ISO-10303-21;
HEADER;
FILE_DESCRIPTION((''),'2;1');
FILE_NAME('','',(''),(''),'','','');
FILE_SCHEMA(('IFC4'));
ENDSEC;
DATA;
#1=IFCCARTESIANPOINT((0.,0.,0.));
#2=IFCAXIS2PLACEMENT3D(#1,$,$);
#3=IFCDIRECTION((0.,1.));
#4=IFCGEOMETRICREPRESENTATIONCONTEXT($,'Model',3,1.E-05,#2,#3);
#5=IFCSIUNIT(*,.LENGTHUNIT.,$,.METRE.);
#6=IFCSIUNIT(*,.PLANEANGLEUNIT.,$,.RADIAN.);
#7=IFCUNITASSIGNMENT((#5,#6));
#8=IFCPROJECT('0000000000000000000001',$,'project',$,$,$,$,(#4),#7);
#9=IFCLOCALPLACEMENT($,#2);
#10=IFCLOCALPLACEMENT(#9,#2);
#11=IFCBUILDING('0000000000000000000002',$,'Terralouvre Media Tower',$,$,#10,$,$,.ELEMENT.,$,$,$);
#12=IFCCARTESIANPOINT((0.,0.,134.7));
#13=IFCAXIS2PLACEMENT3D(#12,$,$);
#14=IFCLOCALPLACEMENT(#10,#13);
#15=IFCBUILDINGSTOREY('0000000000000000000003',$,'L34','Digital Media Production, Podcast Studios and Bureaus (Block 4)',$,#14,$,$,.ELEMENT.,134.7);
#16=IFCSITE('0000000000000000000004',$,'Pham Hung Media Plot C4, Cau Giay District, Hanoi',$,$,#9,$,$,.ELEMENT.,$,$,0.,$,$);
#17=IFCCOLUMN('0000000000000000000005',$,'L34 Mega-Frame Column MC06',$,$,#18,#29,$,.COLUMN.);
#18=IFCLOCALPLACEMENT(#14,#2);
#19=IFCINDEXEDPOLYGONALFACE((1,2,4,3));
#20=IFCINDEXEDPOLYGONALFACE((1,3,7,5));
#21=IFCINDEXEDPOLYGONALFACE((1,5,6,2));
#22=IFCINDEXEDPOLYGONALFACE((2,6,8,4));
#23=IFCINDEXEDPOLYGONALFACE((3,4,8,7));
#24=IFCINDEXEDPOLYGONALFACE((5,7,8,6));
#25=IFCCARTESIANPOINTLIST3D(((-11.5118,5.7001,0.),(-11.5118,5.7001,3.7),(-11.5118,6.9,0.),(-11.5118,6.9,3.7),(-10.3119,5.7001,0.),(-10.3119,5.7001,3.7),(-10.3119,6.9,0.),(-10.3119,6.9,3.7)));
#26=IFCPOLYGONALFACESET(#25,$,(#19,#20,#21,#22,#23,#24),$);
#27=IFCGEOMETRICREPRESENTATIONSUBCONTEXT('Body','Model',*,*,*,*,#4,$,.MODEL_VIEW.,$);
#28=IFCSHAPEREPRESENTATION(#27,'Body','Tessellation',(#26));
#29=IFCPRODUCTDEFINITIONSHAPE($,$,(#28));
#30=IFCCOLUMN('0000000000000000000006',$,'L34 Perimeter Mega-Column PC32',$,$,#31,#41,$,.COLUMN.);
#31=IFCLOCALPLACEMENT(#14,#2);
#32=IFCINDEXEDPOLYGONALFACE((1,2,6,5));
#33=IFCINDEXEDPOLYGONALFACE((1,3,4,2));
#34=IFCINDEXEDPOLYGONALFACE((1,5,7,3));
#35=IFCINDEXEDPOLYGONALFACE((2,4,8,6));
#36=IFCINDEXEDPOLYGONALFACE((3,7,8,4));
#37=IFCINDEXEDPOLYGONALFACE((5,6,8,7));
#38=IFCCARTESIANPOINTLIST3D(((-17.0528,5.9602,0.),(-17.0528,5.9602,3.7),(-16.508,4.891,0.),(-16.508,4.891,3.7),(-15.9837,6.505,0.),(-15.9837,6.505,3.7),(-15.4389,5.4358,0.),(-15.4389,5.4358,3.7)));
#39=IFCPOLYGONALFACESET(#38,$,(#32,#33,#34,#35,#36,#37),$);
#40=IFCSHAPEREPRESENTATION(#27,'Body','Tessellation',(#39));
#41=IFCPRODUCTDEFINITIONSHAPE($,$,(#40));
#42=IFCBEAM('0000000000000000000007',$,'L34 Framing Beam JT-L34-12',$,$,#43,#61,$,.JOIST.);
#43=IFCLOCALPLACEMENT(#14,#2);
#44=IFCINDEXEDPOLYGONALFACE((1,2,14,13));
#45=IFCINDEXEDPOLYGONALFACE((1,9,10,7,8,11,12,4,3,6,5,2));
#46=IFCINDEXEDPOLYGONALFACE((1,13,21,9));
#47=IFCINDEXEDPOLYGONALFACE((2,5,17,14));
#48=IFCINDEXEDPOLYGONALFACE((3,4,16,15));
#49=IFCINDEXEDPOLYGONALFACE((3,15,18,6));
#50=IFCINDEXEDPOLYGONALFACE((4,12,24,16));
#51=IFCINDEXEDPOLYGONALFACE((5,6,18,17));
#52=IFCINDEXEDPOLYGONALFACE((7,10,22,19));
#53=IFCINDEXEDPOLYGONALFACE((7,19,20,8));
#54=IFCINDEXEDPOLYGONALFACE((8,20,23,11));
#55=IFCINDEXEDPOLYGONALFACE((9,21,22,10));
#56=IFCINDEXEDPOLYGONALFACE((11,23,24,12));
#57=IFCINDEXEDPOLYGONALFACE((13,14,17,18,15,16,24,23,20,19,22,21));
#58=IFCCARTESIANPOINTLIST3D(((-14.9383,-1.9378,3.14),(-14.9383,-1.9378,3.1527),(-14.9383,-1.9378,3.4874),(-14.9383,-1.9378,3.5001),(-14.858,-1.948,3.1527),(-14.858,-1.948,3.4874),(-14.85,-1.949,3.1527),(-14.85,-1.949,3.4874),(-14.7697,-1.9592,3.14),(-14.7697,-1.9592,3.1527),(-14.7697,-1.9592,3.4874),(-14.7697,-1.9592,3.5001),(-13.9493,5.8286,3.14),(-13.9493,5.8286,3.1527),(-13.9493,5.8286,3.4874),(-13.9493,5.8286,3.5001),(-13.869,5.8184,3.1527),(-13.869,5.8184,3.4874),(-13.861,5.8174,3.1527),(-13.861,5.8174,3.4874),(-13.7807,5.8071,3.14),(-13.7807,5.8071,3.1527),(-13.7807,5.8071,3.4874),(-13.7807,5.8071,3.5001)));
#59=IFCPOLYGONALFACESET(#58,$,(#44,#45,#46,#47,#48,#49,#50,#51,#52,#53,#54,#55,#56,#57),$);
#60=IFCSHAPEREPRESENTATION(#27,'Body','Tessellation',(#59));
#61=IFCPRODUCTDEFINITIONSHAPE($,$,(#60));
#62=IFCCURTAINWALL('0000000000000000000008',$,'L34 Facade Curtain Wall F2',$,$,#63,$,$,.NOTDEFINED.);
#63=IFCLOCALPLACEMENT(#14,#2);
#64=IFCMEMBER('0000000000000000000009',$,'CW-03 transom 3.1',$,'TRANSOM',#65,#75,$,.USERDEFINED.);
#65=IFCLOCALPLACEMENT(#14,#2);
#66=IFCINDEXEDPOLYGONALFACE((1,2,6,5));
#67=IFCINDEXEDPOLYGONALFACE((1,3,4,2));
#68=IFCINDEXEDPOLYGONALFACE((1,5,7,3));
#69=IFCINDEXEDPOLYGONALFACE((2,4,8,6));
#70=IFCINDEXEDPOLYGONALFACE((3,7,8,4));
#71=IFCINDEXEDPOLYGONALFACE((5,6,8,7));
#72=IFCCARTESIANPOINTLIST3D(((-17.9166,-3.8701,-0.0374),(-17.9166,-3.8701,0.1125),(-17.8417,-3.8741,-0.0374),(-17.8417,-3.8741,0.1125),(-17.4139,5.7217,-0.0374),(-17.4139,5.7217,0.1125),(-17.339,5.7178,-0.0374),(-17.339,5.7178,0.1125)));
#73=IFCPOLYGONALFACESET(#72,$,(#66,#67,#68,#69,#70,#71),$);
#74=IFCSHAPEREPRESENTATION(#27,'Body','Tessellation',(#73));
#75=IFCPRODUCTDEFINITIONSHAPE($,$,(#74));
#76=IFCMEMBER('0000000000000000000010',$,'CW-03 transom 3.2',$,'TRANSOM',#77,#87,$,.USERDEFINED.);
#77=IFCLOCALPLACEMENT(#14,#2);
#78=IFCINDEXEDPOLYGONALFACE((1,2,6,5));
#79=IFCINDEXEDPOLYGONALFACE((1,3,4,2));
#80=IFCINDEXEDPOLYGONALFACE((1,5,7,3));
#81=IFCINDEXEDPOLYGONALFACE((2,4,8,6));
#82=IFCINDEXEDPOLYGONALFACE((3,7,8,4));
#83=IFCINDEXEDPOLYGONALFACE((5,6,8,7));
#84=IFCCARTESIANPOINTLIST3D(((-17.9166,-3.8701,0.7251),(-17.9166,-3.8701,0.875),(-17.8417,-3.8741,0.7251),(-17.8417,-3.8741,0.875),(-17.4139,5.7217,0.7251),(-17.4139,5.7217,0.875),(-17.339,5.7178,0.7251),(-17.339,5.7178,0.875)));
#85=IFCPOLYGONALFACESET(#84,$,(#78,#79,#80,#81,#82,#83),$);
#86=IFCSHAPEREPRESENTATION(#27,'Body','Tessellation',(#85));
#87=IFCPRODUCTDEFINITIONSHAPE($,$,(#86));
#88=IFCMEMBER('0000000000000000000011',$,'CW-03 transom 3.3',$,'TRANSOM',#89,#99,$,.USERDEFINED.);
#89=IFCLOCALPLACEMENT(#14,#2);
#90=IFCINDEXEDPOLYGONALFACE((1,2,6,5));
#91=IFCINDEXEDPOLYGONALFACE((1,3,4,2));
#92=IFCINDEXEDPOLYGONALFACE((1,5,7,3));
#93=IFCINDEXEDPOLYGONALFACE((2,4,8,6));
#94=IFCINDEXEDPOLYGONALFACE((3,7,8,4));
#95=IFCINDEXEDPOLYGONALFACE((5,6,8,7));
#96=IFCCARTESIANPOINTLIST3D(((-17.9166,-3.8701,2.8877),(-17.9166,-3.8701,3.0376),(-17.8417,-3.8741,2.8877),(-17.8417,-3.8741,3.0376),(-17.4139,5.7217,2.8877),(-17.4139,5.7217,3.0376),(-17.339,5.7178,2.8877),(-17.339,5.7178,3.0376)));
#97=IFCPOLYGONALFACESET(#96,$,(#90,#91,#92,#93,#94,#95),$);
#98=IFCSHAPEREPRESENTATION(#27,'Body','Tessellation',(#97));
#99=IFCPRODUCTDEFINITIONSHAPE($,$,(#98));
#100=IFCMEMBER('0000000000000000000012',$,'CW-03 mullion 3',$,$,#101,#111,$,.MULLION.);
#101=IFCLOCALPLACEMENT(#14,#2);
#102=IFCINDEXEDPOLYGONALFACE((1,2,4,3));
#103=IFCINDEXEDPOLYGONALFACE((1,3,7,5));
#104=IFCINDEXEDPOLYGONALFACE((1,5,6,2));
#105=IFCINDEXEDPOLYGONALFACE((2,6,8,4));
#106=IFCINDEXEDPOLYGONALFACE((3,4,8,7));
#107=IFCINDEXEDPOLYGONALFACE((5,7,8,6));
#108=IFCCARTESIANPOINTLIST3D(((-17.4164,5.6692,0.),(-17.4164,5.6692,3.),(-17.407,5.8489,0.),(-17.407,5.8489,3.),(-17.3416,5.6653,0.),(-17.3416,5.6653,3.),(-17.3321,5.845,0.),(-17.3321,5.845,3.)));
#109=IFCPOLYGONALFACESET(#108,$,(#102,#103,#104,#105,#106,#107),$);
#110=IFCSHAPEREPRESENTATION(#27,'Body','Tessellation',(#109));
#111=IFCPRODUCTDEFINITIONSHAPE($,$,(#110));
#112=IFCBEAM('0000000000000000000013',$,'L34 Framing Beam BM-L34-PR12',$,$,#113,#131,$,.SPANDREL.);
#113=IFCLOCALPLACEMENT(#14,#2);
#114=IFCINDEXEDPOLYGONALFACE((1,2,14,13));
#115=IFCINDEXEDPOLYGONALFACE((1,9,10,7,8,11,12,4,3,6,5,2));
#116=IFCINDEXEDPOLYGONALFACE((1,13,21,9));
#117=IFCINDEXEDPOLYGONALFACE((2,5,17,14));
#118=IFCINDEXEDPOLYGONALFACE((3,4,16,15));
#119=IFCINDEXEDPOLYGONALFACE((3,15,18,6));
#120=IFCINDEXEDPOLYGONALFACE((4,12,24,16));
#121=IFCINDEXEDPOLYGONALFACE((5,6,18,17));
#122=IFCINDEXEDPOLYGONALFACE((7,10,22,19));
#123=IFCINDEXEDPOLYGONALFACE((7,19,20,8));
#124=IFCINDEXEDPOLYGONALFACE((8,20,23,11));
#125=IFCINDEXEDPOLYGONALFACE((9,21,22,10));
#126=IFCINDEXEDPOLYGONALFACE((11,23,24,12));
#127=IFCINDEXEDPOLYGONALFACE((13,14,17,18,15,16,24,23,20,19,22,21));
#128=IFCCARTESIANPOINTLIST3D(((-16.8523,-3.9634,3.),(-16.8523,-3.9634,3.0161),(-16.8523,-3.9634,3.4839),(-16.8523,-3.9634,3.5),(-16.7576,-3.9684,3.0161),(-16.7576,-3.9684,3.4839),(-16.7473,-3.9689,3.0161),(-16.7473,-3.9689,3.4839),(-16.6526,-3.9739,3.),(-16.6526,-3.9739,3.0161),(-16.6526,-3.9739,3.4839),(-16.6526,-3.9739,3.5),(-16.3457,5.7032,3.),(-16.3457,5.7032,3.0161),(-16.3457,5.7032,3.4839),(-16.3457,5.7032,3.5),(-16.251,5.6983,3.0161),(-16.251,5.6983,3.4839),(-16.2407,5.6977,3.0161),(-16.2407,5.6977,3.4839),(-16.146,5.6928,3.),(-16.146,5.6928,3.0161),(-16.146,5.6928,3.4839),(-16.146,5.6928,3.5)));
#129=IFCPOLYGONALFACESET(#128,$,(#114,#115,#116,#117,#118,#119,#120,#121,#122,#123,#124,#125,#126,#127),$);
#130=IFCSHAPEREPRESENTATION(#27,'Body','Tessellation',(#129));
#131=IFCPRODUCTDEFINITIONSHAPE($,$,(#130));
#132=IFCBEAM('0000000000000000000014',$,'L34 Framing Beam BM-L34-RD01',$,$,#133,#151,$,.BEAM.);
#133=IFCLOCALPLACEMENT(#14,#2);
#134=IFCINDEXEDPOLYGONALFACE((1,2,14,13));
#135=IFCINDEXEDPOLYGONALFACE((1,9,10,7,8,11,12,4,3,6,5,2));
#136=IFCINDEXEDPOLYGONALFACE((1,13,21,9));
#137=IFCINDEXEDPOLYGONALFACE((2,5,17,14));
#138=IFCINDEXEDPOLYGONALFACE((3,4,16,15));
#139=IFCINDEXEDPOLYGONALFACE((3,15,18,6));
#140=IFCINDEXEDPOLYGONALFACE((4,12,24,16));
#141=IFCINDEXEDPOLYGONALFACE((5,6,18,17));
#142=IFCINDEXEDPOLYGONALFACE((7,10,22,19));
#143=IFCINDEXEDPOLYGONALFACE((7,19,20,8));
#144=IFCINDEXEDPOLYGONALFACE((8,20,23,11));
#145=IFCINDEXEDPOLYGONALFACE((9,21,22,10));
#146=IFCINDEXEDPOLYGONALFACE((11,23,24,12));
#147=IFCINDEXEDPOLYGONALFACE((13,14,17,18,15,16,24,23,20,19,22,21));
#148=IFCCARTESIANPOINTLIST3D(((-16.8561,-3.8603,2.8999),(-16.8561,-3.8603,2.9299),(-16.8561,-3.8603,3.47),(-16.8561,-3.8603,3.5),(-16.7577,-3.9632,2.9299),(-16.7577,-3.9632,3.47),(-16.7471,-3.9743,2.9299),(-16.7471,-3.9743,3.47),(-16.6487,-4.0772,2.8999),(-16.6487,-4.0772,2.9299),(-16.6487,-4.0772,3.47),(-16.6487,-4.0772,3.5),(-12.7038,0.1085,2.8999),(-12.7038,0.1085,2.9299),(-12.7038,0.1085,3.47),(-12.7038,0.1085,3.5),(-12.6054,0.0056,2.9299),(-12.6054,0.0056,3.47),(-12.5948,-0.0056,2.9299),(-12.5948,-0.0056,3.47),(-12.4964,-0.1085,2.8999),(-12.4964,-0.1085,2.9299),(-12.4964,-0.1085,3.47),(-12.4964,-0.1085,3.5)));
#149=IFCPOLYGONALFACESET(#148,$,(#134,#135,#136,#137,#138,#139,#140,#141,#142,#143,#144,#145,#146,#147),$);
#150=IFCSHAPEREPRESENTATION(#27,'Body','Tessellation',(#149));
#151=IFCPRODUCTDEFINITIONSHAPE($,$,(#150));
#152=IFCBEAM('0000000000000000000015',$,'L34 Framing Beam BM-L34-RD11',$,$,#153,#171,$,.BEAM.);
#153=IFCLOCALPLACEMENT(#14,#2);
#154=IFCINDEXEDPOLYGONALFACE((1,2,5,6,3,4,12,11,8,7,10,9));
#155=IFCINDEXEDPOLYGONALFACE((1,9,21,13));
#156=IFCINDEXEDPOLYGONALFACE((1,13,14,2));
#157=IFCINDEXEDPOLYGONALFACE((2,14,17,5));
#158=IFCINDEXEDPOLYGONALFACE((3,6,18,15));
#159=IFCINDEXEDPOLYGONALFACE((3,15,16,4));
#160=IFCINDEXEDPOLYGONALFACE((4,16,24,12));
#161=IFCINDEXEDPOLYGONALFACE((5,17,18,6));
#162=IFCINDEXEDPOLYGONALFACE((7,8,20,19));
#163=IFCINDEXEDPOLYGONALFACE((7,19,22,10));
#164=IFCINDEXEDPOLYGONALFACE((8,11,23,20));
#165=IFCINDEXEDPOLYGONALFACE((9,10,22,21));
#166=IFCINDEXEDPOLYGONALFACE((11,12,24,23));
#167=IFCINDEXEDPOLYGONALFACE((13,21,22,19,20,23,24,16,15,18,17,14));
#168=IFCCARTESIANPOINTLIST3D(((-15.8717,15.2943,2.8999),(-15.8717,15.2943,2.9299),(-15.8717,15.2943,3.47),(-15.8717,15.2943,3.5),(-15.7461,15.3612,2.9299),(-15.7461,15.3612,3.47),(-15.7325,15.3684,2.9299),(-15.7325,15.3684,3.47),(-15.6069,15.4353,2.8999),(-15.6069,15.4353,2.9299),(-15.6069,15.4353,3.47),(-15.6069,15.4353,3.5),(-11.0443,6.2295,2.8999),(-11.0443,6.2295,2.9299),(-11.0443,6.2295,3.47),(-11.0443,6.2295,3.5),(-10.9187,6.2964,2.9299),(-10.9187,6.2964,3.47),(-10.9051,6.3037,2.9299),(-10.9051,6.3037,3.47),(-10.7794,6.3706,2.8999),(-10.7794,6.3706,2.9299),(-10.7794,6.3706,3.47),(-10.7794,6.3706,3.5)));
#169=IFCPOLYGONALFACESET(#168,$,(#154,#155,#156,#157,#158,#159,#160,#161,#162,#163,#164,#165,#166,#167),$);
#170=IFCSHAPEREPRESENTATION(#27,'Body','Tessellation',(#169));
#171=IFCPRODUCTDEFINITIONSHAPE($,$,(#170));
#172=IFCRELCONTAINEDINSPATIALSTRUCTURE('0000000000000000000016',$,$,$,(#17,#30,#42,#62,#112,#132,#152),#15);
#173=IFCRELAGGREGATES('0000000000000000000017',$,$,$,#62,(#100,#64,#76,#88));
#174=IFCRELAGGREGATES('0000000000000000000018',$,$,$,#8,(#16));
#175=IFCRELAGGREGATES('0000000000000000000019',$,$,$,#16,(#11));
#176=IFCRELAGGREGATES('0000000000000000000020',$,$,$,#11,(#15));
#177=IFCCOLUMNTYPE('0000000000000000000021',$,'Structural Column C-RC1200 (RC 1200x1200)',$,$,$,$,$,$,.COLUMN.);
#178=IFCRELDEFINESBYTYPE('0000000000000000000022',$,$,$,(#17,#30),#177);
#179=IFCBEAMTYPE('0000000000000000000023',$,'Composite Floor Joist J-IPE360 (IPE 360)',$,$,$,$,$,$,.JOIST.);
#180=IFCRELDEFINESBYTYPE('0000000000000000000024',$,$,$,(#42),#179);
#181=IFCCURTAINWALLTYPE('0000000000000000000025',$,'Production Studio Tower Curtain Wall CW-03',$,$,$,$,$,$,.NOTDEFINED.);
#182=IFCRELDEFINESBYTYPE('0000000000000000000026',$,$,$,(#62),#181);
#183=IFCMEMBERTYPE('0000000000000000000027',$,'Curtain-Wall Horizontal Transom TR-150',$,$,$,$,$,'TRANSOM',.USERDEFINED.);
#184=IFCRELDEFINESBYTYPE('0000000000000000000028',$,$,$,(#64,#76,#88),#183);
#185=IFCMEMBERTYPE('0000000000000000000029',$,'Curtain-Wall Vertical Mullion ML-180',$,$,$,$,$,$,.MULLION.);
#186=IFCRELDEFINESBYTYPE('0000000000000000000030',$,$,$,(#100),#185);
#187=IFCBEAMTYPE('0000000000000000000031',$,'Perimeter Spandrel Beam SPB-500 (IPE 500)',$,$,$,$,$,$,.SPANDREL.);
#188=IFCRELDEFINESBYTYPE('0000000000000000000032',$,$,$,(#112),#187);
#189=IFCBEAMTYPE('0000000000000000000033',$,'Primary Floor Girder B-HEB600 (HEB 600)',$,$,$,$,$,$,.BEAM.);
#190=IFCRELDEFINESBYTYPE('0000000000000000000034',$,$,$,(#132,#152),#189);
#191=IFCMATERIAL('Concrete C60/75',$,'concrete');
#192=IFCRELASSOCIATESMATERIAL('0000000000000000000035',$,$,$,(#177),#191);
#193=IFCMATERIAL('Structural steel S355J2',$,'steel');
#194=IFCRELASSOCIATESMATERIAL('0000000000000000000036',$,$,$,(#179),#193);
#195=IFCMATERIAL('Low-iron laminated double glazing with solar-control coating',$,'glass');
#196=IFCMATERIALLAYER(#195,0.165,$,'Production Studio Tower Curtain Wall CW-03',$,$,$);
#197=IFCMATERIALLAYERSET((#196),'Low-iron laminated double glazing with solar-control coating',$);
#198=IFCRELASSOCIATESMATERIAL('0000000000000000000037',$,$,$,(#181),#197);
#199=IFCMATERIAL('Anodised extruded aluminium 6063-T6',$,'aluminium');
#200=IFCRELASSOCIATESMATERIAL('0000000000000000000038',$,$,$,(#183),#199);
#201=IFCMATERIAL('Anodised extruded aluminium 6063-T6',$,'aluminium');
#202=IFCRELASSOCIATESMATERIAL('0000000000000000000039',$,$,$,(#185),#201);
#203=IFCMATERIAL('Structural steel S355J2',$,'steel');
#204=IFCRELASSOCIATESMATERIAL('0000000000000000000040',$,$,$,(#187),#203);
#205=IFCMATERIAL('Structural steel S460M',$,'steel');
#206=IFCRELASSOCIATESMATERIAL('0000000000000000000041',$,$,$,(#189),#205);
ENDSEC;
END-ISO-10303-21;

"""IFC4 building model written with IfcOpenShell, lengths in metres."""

from ifc_helpers import new_model, si_unit, direction, frame, origin, origin_2d, place, context, subcontext, project, spatial, rectangle, i_section, extrude, material, layer, layer_set, material_profile, profile_set, type_object, element, aggregate, save


model = new_model("IFC4")

# Units and contexts
model_context = context("Model", 3, precision=1e-05, world=origin(), true_north=direction((0.0, 1.0)))
body_context = subcontext(model_context, "Body", "Model", "MODEL_VIEW")
ifc_project = project(units=[si_unit("LENGTHUNIT", "METRE"), si_unit("PLANEANGLEUNIT", "RADIAN")], contexts=[model_context])

# Site, building, storey
site_placement = place(None, origin())
site = spatial("IfcSite", under=ifc_project, at=site_placement, Name="Pham Hung Media Plot C4, Cau Giay District, Hanoi", CompositionType="ELEMENT", RefElevation=0.0)
building_placement = place(site_placement, origin())
building = spatial("IfcBuilding", under=site, at=building_placement, Name="Terralouvre Media Tower", CompositionType="ELEMENT")
storey_placement = place(building_placement, frame((0.0, 0.0, 134.7)))
storey = spatial("IfcBuildingStorey", under=building, at=storey_placement, Name="L34", Description="Digital Media Production, Podcast Studios and Bureaus (Block 4)", CompositionType="ELEMENT", Elevation=134.7)

# Columns
ifc_material_1 = material(Name="Concrete C60/75", Category="concrete")
ifc_material_profile_1 = material_profile(ifc_material_1, rectangle(XDim=1.2, YDim=1.2, at=origin_2d()), Name="RC 1200x1200")
ifc_profile_set_1 = profile_set([ifc_material_profile_1], Name="Concrete C60/75")
column_type = type_object("IfcColumnType", Name="Structural Column C-RC1200 (RC 1200x1200)", PredefinedType="COLUMN", material=ifc_profile_set_1)
for number, where, z_axis, x_axis, name in (
    (1, (-10.9119, 6.3, 0.0), (0.0, 0.0, 1.0), (1.0, 0.0, 0.0), "L34 Mega-Frame Column MC06"),
    (2, (-16.2458, 5.698, 0.0), (0.0, 0.0, 1.0), (0.891007, 0.45399, 0.0), "L34 Perimeter Mega-Column PC32"),
):
    element("IfcColumn", number, at=place(storey_placement, frame(where, z_axis=z_axis, x_axis=x_axis)), inside=storey, type_object=column_type, Name=name, PredefinedType="COLUMN", context=body_context, shape_type="SweptSolid", body=[
        extrude(rectangle(XDim=1.2, YDim=1.2, at=origin_2d()), origin(), (0.0, 0.0, 1.0), 3.7),
    ])

# Beam
ifc_material_2 = material(Name="Structural steel S355J2", Category="steel")
ifc_material_profile_2 = material_profile(ifc_material_2, i_section(OverallWidth=0.1699, OverallDepth=0.3601, WebThickness=0.0081, FlangeThickness=0.0127, at=origin_2d()), Name="IPE 360")
ifc_profile_set_2 = profile_set([ifc_material_profile_2], Name="Structural steel S355J2")
beam_type_1 = type_object("IfcBeamType", Name="Composite Floor Joist J-IPE360 (IPE 360)", PredefinedType="JOIST", material=ifc_profile_set_2)
beam_1_placement = place(storey_placement, frame((-13.865, 5.8179, 3.3201), z_axis=(-0.126326, -0.991989, 0.0), x_axis=(0.991989, -0.126326, 0.0)))
element("IfcBeam", 3, at=beam_1_placement, inside=storey, type_object=beam_type_1, Name="L34 Framing Beam JT-L34-12", PredefinedType="JOIST", context=body_context, shape_type="SweptSolid", body=[
    extrude(i_section(OverallWidth=0.1699, OverallDepth=0.3601, WebThickness=0.0081, FlangeThickness=0.0127, at=origin_2d()), origin(), (0.0, 0.0, 1.0), 7.8291),
])

# Curtain wall, members
ifc_material_3 = material(Name="Low-iron laminated double glazing with solar-control coating", Category="glass")
ifc_layer_1 = layer(ifc_material_3, 0.165, Name="Production Studio Tower Curtain Wall CW-03")
ifc_layer_set_1 = layer_set([ifc_layer_1], Name="Low-iron laminated double glazing with solar-control coating")
curtain_wall_type = type_object("IfcCurtainWallType", Name="Production Studio Tower Curtain Wall CW-03", PredefinedType="NOTDEFINED", material=ifc_layer_set_1)
curtain_wall_placement = place(storey_placement, origin())
curtain_wall = element("IfcCurtainWall", 4, at=curtain_wall_placement, inside=storey, type_object=curtain_wall_type, Name="L34 Facade Curtain Wall F2", PredefinedType="NOTDEFINED")
ifc_material_4 = material(Name="Anodised extruded aluminium 6063-T6", Category="aluminium")
ifc_material_profile_3 = material_profile(ifc_material_4, rectangle(XDim=0.075, YDim=0.1499, at=origin_2d()), Name="ALU 75x150")
ifc_profile_set_3 = profile_set([ifc_material_profile_3], Name="Anodised extruded aluminium 6063-T6")
member_type_1 = type_object("IfcMemberType", Name="Curtain-Wall Horizontal Transom TR-150", ElementType="TRANSOM", PredefinedType="USERDEFINED", material=ifc_profile_set_3)
member_1_placement = place(storey_placement, frame((-17.3765, 5.7197, 0.0376), z_axis=(-0.052336, -0.99863, 0.0), x_axis=(0.99863, -0.052336, 0.0)))
member_1 = element("IfcMember", 5, at=member_1_placement, type_object=member_type_1, Name="CW-03 transom 3.1", ObjectType="TRANSOM", PredefinedType="USERDEFINED", context=body_context, shape_type="SweptSolid", body=[
    extrude(rectangle(XDim=0.075, YDim=0.1499, at=origin_2d()), origin(), (0.0, 0.0, 1.0), 9.605),
])
member_2_placement = place(storey_placement, frame((-17.3765, 5.7197, 0.8), z_axis=(-0.052336, -0.99863, 0.0), x_axis=(0.99863, -0.052336, 0.0)))
member_2 = element("IfcMember", 6, at=member_2_placement, type_object=member_type_1, Name="CW-03 transom 3.2", ObjectType="TRANSOM", PredefinedType="USERDEFINED", context=body_context, shape_type="SweptSolid", body=[
    extrude(rectangle(XDim=0.075, YDim=0.1499, at=origin_2d()), origin(), (0.0, 0.0, 1.0), 9.605),
])
member_3_placement = place(storey_placement, frame((-17.3765, 5.7197, 2.9626), z_axis=(-0.052336, -0.99863, 0.0), x_axis=(0.99863, -0.052336, 0.0)))
member_3 = element("IfcMember", 7, at=member_3_placement, type_object=member_type_1, Name="CW-03 transom 3.3", ObjectType="TRANSOM", PredefinedType="USERDEFINED", context=body_context, shape_type="SweptSolid", body=[
    extrude(rectangle(XDim=0.075, YDim=0.1499, at=origin_2d()), origin(), (0.0, 0.0, 1.0), 9.605),
])
ifc_material_5 = material(Name="Anodised extruded aluminium 6063-T6", Category="aluminium")
ifc_material_profile_4 = material_profile(ifc_material_5, rectangle(XDim=0.075, YDim=0.1799, at=origin_2d()), Name="ALU 75x180")
ifc_profile_set_4 = profile_set([ifc_material_profile_4], Name="Anodised extruded aluminium 6063-T6")
member_type_2 = type_object("IfcMemberType", Name="Curtain-Wall Vertical Mullion ML-180", PredefinedType="MULLION", material=ifc_profile_set_4)
member_4_placement = place(storey_placement, frame((-17.3743, 5.7571, 0.0), z_axis=(0.0, 0.0, 1.0), x_axis=(0.99863, -0.052336, 0.0)))
member_4 = element("IfcMember", 8, at=member_4_placement, type_object=member_type_2, Name="CW-03 mullion 3", PredefinedType="MULLION", context=body_context, shape_type="SweptSolid", body=[
    extrude(rectangle(XDim=0.075, YDim=0.1799, at=origin_2d()), origin(), (0.0, 0.0, 1.0), 3.0),
])

# Beams
ifc_material_6 = material(Name="Structural steel S355J2", Category="steel")
ifc_material_profile_5 = material_profile(ifc_material_6, i_section(OverallWidth=0.2, OverallDepth=0.5, WebThickness=0.0103, FlangeThickness=0.0161, at=origin_2d()), Name="IPE 500")
ifc_profile_set_5 = profile_set([ifc_material_profile_5], Name="Structural steel S355J2")
beam_type_2 = type_object("IfcBeamType", Name="Perimeter Spandrel Beam SPB-500 (IPE 500)", PredefinedType="SPANDREL", material=ifc_profile_set_5)
beam_2_placement = place(storey_placement, frame((-16.2458, 5.698, 3.25), z_axis=(-0.052334, -0.99863, 0.0), x_axis=(0.99863, -0.052334, 0.0)))
element("IfcBeam", 9, at=beam_2_placement, inside=storey, type_object=beam_type_2, Name="L34 Framing Beam BM-L34-PR12", PredefinedType="SPANDREL", context=body_context, shape_type="SweptSolid", body=[
    extrude(i_section(OverallWidth=0.2, OverallDepth=0.5, WebThickness=0.0103, FlangeThickness=0.0161, at=origin_2d()), origin(), (0.0, 0.0, 1.0), 9.6799),
])
ifc_material_7 = material(Name="Structural steel S460M", Category="steel")
ifc_material_profile_6 = material_profile(ifc_material_7, i_section(OverallWidth=0.3, OverallDepth=0.6001, WebThickness=0.0154, FlangeThickness=0.03, at=origin_2d()), Name="HEB 600")
ifc_profile_set_6 = profile_set([ifc_material_profile_6], Name="Structural steel S460M")
beam_type_3 = type_object("IfcBeamType", Name="Primary Floor Girder B-HEB600 (HEB 600)", PredefinedType="BEAM", material=ifc_profile_set_6)
beam_3_placement = place(storey_placement, frame((-12.6001, 0.0, 3.2), z_axis=(-0.722908, -0.690945, 0.0), x_axis=(0.690945, -0.722908, 0.0)))
element("IfcBeam", 10, at=beam_3_placement, inside=storey, type_object=beam_type_3, Name="L34 Framing Beam BM-L34-RD01", PredefinedType="BEAM", context=body_context, shape_type="SweptSolid", body=[
    extrude(i_section(OverallWidth=0.3, OverallDepth=0.6001, WebThickness=0.0154, FlangeThickness=0.03, at=origin_2d()), origin(), (0.0, 0.0, 1.0), 5.7439),
])
beam_4_placement = place(storey_placement, frame((-10.9119, 6.3, 3.2), z_axis=(-0.470049, 0.88264, 0.0), x_axis=(-0.88264, -0.470049, 0.0)))
element("IfcBeam", 11, at=beam_4_placement, inside=storey, type_object=beam_type_3, Name="L34 Framing Beam BM-L34-RD11", PredefinedType="BEAM", context=body_context, shape_type="SweptSolid", body=[
    extrude(i_section(OverallWidth=0.3, OverallDepth=0.6001, WebThickness=0.0154, FlangeThickness=0.03, at=origin_2d()), origin(), (0.0, 0.0, 1.0), 10.27),
])

aggregate(curtain_wall, [member_4, member_1, member_2, member_3])

save(model, "model.ifc")
